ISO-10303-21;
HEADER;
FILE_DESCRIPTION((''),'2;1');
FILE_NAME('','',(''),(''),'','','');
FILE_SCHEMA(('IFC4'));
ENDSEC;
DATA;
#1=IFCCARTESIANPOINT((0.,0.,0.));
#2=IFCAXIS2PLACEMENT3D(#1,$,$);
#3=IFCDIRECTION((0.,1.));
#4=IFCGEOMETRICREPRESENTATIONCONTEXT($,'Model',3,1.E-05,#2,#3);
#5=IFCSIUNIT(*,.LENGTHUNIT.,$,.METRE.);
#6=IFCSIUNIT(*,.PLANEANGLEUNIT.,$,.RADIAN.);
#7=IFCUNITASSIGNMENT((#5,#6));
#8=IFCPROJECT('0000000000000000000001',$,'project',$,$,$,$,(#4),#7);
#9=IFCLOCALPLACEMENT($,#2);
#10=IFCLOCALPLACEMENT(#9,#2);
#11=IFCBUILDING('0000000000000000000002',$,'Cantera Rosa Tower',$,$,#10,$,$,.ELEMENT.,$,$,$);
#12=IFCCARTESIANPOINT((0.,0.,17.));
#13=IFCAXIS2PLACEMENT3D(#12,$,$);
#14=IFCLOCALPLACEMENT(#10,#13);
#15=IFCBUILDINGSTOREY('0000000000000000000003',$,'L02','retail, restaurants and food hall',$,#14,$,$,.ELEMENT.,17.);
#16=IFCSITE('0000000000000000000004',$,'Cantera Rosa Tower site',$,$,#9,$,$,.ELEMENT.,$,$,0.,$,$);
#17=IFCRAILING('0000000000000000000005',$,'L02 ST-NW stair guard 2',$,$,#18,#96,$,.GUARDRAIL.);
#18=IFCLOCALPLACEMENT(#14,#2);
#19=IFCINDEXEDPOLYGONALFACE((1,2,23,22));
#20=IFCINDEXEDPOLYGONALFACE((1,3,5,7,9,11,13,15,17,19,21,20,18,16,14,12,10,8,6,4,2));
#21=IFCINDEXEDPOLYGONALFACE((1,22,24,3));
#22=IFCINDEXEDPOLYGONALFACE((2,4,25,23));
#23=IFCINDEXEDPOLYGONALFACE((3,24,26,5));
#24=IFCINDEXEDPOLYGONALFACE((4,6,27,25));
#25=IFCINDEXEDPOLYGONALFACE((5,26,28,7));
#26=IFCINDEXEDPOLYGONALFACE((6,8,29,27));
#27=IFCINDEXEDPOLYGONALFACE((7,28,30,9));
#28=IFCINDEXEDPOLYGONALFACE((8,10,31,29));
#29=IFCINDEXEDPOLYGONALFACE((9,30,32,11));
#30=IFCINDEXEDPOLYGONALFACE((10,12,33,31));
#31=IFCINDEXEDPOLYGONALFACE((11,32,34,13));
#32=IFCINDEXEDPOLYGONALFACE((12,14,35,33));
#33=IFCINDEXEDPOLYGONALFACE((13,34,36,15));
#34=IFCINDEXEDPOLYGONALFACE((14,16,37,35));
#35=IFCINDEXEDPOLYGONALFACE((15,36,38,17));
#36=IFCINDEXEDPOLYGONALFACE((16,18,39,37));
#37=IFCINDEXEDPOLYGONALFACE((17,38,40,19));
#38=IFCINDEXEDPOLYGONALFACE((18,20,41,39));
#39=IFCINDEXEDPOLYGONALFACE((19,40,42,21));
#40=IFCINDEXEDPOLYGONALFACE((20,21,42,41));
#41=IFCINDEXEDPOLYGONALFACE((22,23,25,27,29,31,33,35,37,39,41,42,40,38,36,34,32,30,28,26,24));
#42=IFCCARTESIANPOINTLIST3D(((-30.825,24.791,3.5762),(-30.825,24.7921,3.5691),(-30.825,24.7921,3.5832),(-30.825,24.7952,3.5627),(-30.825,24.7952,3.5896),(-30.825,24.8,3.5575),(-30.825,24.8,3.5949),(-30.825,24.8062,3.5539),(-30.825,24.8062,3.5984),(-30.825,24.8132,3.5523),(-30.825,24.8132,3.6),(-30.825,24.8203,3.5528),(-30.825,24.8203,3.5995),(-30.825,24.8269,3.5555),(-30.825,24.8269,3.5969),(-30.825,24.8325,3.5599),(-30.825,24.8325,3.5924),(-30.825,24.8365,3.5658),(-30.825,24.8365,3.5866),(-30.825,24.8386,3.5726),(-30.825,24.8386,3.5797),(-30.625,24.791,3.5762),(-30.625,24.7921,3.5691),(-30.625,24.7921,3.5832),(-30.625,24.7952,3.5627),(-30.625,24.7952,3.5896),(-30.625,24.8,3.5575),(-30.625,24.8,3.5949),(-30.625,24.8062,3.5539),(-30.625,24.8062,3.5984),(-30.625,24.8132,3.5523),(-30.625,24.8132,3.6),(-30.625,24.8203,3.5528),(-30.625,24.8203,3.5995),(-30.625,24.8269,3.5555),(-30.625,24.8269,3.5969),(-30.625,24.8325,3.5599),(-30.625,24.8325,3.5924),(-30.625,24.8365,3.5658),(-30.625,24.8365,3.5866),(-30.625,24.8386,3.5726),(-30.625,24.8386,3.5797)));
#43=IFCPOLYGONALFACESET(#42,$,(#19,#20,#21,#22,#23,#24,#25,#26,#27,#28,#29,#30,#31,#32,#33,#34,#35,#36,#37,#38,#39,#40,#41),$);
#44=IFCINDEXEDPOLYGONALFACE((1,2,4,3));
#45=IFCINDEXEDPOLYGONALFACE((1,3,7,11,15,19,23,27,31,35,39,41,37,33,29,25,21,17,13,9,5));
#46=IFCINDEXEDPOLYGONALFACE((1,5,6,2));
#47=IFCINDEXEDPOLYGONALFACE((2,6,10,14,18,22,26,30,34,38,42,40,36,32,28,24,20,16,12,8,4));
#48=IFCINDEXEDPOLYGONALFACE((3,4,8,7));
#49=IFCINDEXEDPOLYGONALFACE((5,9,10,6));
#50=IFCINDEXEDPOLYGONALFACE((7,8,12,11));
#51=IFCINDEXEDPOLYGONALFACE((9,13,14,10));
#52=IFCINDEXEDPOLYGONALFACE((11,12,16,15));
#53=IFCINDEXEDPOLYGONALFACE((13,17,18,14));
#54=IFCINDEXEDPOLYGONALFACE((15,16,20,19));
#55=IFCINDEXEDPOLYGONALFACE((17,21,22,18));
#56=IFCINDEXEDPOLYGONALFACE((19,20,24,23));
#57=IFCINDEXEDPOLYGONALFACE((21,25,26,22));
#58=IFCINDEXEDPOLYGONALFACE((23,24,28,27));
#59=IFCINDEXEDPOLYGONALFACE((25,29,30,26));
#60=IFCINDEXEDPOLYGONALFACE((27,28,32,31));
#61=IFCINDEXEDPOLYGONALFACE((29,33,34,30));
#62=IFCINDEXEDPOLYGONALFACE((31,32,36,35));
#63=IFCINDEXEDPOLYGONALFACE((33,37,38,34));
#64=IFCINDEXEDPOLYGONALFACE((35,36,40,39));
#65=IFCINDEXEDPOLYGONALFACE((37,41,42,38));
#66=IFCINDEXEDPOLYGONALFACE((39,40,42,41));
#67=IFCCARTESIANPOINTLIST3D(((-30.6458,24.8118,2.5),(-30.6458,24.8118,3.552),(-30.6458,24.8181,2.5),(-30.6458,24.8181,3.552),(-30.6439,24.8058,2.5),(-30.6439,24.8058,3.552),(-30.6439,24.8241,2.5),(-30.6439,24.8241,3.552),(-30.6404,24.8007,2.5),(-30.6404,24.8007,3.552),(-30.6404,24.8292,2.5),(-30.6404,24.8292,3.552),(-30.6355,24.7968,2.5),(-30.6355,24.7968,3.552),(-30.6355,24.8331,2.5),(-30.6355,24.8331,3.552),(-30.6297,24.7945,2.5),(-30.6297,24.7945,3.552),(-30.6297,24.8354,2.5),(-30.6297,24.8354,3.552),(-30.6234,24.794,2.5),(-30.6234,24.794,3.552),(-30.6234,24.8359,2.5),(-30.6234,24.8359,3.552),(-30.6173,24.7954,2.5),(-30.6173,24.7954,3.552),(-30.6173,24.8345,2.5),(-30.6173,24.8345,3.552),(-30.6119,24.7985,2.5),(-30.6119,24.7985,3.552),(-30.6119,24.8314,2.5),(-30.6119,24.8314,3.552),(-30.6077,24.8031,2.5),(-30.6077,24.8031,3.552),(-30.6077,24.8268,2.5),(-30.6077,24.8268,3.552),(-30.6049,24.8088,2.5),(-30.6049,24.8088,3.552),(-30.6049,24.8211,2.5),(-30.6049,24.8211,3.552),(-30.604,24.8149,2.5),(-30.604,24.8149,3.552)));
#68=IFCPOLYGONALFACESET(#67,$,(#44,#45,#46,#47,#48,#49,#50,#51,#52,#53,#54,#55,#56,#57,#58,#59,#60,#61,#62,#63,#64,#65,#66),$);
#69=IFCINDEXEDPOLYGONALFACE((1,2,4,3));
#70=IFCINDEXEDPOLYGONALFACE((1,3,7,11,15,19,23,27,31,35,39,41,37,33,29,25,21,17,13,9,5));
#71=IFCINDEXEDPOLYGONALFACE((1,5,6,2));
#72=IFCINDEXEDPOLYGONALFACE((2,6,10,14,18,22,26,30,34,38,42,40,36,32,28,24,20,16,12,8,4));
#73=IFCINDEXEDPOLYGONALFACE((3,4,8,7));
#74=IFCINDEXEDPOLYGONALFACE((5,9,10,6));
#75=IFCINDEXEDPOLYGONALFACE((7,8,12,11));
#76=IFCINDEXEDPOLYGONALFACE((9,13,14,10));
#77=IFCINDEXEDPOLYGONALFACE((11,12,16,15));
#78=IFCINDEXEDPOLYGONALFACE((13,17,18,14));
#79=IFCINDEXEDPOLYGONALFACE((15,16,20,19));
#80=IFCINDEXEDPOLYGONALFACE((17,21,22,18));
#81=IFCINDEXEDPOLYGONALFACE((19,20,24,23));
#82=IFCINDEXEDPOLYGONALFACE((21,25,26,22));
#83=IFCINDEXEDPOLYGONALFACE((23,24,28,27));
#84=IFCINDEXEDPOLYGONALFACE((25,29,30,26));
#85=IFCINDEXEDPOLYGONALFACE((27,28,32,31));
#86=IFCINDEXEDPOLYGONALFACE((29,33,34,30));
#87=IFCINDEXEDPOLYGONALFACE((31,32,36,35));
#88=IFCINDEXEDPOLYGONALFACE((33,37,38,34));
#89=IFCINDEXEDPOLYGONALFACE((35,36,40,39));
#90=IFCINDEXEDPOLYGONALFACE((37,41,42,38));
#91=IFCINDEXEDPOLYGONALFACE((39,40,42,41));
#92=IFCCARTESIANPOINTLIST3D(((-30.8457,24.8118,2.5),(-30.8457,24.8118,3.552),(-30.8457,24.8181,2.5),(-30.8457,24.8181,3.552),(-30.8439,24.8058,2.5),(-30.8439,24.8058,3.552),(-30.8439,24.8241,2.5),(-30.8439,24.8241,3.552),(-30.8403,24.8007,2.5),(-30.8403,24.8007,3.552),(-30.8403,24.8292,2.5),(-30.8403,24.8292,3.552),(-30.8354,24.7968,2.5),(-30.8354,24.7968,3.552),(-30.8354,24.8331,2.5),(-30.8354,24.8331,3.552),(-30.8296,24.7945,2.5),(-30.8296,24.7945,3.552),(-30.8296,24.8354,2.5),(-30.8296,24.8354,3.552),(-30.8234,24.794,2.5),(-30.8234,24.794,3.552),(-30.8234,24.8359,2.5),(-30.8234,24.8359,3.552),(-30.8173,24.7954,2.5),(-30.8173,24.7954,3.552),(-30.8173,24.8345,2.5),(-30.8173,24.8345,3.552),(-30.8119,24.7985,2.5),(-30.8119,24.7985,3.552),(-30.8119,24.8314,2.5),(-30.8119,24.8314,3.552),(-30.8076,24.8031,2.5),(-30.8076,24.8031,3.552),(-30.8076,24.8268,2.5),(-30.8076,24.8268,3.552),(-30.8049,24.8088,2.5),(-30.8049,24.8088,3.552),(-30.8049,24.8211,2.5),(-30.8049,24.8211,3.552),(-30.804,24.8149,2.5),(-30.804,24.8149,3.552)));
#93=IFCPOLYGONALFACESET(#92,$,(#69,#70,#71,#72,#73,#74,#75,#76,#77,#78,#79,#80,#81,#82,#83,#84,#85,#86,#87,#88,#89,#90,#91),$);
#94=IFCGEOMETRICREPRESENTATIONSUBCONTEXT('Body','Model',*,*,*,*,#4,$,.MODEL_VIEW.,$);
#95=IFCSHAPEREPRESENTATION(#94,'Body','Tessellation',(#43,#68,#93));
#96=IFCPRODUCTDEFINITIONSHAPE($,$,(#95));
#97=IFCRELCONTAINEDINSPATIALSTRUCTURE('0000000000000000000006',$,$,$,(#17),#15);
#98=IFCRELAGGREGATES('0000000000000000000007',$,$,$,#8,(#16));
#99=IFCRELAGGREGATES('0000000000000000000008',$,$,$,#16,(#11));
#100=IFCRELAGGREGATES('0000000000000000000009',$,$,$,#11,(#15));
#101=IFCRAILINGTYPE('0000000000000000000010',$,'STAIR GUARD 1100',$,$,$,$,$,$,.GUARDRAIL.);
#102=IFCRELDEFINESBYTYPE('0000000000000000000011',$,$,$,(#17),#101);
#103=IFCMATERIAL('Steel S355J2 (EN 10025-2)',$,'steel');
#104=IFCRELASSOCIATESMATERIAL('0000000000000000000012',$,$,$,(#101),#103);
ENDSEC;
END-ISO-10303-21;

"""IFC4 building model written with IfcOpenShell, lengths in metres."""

from ifc_helpers import new_model, si_unit, direction, frame, origin, origin_2d, place, context, subcontext, project, spatial, circle, extrude, material, type_object, element, save


model = new_model("IFC4")

# Units and contexts
model_context = context("Model", 3, precision=1e-05, world=origin(), true_north=direction((0.0, 1.0)))
body_context = subcontext(model_context, "Body", "Model", "MODEL_VIEW")
ifc_project = project(units=[si_unit("LENGTHUNIT", "METRE"), si_unit("PLANEANGLEUNIT", "RADIAN")], contexts=[model_context])

# Site, building, storey
site_placement = place(None, origin())
site = spatial("IfcSite", under=ifc_project, at=site_placement, Name="Cantera Rosa Tower site", CompositionType="ELEMENT", RefElevation=0.0)
building_placement = place(site_placement, origin())
building = spatial("IfcBuilding", under=site, at=building_placement, Name="Cantera Rosa Tower", CompositionType="ELEMENT")
storey_placement = place(building_placement, frame((0.0, 0.0, 17.0)))
storey = spatial("IfcBuildingStorey", under=building, at=storey_placement, Name="L02", Description="retail, restaurants and food hall", CompositionType="ELEMENT", Elevation=17.0)

# Railing
ifc_material_1 = material(Name="Steel S355J2 (EN 10025-2)", Category="steel")
railing_type_1 = type_object("IfcRailingType", Name="STAIR GUARD 1100", PredefinedType="GUARDRAIL", material=ifc_material_1)
railing_1_placement = place(storey_placement, frame((-30.625, 24.8149, 2.5)))
element("IfcRailing", 1, at=railing_1_placement, inside=storey, type_object=railing_type_1, Name="L02 ST-NW stair guard 2", PredefinedType="GUARDRAIL", context=body_context, shape_type="SweptSolid", body=[
    extrude(circle(Radius=0.0239, at=origin_2d()), frame((0.0, 0.0, 1.0762), z_axis=(-1.0, 0.0, 0.0), x_axis=(0.0, -1.0, 0.0)), (0.0, 0.0, 1.0), 0.2),
    extrude(circle(Radius=0.021, at=origin_2d()), origin(), (0.0, 0.0, 1.0), 1.052),
    extrude(circle(Radius=0.021, at=origin_2d()), frame((-0.2, 0.0, 0.0)), (0.0, 0.0, 1.0), 1.052),
])

save(model, "model.ifc")
